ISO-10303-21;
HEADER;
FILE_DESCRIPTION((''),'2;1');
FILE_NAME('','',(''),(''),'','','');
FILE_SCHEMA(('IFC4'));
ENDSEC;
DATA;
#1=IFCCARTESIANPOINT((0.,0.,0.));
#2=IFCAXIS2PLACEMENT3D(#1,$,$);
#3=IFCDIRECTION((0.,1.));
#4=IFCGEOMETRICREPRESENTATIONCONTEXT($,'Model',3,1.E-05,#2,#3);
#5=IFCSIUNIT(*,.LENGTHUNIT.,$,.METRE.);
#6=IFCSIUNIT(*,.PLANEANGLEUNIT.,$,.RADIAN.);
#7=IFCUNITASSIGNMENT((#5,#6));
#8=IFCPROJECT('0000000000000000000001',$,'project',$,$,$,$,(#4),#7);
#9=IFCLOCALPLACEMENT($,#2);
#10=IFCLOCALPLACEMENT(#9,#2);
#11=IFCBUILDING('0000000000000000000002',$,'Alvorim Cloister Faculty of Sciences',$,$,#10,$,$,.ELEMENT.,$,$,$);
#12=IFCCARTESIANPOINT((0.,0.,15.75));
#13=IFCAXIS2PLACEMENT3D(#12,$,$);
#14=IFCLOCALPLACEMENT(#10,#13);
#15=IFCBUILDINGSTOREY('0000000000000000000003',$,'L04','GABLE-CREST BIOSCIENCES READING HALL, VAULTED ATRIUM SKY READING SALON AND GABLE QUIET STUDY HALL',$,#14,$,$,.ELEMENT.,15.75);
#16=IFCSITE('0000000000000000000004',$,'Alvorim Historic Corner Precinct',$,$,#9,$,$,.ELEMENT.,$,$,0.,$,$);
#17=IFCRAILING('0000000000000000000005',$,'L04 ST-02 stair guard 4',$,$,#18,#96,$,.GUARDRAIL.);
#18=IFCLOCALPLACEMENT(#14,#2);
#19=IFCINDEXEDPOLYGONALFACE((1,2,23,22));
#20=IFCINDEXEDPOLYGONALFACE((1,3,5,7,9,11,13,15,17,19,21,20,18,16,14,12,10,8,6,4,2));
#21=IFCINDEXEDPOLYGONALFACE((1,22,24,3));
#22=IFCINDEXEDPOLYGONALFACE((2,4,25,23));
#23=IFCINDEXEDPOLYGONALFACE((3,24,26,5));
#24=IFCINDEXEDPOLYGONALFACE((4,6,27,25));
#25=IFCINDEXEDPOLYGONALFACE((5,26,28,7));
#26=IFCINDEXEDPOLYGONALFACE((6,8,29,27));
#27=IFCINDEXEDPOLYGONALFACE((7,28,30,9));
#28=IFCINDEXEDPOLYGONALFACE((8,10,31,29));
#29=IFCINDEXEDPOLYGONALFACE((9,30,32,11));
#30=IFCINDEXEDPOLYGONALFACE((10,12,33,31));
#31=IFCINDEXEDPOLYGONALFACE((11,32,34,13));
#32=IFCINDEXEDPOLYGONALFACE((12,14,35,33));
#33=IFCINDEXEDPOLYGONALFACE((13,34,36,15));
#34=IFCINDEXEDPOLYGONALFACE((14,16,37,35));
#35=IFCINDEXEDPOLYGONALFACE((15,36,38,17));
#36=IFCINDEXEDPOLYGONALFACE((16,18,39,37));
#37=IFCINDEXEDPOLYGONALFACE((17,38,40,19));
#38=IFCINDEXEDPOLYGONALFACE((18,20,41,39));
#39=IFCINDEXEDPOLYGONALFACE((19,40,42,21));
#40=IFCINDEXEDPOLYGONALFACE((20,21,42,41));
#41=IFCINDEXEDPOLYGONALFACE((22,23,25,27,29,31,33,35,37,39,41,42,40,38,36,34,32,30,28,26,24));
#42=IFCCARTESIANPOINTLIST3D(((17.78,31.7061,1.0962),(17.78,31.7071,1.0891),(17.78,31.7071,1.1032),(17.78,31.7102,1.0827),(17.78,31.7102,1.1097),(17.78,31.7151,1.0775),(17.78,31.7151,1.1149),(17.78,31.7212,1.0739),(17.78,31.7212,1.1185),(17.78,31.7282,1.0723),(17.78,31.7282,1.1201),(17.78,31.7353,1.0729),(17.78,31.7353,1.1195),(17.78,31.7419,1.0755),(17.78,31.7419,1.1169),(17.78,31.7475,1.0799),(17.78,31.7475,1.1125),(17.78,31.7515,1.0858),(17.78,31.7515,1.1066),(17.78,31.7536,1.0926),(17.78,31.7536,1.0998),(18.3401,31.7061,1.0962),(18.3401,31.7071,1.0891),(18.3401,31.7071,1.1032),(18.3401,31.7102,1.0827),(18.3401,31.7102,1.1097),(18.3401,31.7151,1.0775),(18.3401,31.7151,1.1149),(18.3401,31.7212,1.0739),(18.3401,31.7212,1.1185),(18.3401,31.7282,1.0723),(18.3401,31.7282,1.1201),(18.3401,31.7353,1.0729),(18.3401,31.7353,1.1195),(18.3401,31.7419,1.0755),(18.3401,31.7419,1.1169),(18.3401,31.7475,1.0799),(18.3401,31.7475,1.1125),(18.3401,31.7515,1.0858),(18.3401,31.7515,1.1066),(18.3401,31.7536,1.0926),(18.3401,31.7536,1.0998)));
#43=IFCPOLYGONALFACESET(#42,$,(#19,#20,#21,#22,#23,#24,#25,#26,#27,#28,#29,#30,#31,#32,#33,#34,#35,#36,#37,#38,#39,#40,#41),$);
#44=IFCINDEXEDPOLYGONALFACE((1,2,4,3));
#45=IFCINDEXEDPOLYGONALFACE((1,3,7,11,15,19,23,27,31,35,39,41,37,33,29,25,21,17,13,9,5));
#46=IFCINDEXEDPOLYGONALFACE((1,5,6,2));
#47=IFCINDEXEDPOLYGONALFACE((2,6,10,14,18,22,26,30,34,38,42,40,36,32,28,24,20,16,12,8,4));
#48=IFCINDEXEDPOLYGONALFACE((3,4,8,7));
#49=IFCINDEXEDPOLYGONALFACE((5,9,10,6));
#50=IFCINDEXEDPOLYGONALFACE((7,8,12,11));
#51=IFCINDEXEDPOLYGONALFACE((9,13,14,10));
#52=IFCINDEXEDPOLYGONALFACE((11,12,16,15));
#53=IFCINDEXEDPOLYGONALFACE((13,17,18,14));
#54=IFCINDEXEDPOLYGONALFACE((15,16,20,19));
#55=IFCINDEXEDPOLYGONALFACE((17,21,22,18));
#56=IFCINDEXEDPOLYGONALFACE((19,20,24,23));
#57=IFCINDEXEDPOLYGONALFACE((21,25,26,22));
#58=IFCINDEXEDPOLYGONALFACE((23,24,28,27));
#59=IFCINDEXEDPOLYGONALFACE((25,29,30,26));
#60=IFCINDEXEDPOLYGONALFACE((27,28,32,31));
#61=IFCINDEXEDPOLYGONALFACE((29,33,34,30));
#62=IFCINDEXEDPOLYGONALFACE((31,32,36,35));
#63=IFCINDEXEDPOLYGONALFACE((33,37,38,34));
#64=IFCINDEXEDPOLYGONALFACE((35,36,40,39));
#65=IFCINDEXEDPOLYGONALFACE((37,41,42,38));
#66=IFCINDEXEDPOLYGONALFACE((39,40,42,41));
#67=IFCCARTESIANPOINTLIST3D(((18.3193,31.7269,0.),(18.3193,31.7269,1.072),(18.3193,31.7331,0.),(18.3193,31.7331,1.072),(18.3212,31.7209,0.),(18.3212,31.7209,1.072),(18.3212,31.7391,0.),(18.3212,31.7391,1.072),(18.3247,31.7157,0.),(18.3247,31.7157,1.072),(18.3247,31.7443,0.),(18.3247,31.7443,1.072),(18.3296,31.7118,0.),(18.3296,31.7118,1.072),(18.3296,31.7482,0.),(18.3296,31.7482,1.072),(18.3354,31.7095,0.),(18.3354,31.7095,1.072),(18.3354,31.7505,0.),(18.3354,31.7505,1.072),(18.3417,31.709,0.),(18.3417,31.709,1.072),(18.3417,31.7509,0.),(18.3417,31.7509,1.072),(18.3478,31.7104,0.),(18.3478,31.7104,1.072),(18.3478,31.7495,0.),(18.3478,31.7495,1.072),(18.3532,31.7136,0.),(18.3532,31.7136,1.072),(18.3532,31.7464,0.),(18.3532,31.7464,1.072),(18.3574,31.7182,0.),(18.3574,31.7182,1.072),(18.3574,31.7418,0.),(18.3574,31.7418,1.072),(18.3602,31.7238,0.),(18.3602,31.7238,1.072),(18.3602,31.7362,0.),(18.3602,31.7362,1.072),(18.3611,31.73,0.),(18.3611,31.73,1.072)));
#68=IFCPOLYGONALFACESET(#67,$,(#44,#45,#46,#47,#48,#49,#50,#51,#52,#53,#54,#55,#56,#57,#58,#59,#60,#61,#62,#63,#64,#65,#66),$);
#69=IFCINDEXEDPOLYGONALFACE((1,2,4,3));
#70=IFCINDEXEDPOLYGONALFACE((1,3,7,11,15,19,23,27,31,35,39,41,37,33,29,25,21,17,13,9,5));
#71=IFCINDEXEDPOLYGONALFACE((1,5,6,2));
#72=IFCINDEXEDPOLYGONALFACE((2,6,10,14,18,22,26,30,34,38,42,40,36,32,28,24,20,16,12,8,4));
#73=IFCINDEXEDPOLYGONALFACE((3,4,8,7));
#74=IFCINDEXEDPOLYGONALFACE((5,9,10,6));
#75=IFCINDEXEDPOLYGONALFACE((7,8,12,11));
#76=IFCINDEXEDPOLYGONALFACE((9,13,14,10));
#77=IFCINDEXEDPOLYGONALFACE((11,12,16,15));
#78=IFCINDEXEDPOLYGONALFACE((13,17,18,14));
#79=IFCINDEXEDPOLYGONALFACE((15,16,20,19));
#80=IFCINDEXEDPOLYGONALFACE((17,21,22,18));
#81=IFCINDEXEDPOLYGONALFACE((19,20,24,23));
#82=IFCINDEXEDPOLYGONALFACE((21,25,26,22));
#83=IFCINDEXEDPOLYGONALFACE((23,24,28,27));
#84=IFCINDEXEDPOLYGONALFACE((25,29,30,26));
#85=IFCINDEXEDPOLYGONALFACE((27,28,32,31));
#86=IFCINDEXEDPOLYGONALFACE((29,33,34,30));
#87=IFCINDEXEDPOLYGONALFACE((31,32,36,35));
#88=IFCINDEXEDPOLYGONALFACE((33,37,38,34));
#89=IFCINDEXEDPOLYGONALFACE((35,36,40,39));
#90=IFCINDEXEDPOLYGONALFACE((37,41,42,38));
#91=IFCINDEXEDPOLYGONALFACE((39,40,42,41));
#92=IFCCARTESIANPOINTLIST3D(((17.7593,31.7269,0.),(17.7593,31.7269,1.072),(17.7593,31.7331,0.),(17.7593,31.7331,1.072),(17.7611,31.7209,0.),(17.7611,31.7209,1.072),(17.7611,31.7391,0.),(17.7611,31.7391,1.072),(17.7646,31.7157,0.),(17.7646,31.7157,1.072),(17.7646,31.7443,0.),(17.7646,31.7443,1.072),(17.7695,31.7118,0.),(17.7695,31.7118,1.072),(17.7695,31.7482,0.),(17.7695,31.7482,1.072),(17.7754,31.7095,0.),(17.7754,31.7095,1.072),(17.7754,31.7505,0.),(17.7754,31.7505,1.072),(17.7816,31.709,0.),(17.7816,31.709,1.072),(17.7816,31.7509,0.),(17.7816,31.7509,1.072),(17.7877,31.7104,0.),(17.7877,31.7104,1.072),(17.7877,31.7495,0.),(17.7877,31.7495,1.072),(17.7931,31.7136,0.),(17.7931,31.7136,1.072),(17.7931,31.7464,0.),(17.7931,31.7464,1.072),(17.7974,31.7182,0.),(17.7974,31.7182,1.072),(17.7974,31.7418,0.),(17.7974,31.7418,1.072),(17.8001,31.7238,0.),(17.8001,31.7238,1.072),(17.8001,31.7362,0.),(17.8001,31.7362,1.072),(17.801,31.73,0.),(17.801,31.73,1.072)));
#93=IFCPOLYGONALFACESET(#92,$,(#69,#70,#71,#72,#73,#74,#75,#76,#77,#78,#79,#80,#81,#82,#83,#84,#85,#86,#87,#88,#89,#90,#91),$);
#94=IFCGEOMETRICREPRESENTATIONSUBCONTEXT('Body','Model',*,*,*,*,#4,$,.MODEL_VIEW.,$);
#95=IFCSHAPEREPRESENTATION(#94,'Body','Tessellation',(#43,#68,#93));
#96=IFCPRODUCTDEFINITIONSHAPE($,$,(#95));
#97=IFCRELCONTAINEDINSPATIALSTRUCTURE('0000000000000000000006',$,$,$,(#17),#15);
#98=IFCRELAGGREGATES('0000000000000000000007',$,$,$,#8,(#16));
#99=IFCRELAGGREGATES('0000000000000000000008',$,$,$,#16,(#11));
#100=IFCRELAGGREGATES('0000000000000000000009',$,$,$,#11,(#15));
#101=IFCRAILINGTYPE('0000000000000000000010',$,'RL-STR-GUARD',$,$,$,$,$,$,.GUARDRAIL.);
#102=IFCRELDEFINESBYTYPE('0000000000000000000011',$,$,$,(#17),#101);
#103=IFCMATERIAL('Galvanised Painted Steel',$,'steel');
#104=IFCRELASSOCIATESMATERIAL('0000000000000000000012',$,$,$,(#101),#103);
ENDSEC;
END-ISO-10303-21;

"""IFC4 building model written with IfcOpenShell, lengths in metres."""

from ifc_helpers import new_model, si_unit, direction, frame, origin, origin_2d, place, context, subcontext, project, spatial, circle, extrude, material, type_object, element, save


model = new_model("IFC4")

# Units and contexts
model_context = context("Model", 3, precision=1e-05, world=origin(), true_north=direction((0.0, 1.0)))
body_context = subcontext(model_context, "Body", "Model", "MODEL_VIEW")
ifc_project = project(units=[si_unit("LENGTHUNIT", "METRE"), si_unit("PLANEANGLEUNIT", "RADIAN")], contexts=[model_context])

# Site, building, storey
site_placement = place(None, origin())
site = spatial("IfcSite", under=ifc_project, at=site_placement, Name="Alvorim Historic Corner Precinct", CompositionType="ELEMENT", RefElevation=0.0)
building_placement = place(site_placement, origin())
building = spatial("IfcBuilding", under=site, at=building_placement, Name="Alvorim Cloister Faculty of Sciences", CompositionType="ELEMENT")
storey_placement = place(building_placement, frame((0.0, 0.0, 15.75)))
storey = spatial("IfcBuildingStorey", under=building, at=storey_placement, Name="L04", Description="GABLE-CREST BIOSCIENCES READING HALL, VAULTED ATRIUM SKY READING SALON AND GABLE QUIET STUDY HALL", CompositionType="ELEMENT", Elevation=15.75)

# Railing
ifc_material_1 = material(Name="Galvanised Painted Steel", Category="steel")
railing_type_1 = type_object("IfcRailingType", Name="RL-STR-GUARD", PredefinedType="GUARDRAIL", material=ifc_material_1)
railing_1_placement = place(storey_placement, frame((18.3401, 31.73, 0.0)))
element("IfcRailing", 1, at=railing_1_placement, inside=storey, type_object=railing_type_1, Name="L04 ST-02 stair guard 4", PredefinedType="GUARDRAIL", context=body_context, shape_type="SweptSolid", body=[
    extrude(circle(Radius=0.0239, at=origin_2d()), frame((0.0, 0.0, 1.0962), z_axis=(-1.0, 0.0, 0.0), x_axis=(0.0, -1.0, 0.0)), (0.0, 0.0, 1.0), 0.5601),
    extrude(circle(Radius=0.021, at=origin_2d()), origin(), (0.0, 0.0, 1.0), 1.072),
    extrude(circle(Radius=0.021, at=origin_2d()), frame((-0.5601, 0.0, 0.0)), (0.0, 0.0, 1.0), 1.072),
])

save(model, "model.ifc")
